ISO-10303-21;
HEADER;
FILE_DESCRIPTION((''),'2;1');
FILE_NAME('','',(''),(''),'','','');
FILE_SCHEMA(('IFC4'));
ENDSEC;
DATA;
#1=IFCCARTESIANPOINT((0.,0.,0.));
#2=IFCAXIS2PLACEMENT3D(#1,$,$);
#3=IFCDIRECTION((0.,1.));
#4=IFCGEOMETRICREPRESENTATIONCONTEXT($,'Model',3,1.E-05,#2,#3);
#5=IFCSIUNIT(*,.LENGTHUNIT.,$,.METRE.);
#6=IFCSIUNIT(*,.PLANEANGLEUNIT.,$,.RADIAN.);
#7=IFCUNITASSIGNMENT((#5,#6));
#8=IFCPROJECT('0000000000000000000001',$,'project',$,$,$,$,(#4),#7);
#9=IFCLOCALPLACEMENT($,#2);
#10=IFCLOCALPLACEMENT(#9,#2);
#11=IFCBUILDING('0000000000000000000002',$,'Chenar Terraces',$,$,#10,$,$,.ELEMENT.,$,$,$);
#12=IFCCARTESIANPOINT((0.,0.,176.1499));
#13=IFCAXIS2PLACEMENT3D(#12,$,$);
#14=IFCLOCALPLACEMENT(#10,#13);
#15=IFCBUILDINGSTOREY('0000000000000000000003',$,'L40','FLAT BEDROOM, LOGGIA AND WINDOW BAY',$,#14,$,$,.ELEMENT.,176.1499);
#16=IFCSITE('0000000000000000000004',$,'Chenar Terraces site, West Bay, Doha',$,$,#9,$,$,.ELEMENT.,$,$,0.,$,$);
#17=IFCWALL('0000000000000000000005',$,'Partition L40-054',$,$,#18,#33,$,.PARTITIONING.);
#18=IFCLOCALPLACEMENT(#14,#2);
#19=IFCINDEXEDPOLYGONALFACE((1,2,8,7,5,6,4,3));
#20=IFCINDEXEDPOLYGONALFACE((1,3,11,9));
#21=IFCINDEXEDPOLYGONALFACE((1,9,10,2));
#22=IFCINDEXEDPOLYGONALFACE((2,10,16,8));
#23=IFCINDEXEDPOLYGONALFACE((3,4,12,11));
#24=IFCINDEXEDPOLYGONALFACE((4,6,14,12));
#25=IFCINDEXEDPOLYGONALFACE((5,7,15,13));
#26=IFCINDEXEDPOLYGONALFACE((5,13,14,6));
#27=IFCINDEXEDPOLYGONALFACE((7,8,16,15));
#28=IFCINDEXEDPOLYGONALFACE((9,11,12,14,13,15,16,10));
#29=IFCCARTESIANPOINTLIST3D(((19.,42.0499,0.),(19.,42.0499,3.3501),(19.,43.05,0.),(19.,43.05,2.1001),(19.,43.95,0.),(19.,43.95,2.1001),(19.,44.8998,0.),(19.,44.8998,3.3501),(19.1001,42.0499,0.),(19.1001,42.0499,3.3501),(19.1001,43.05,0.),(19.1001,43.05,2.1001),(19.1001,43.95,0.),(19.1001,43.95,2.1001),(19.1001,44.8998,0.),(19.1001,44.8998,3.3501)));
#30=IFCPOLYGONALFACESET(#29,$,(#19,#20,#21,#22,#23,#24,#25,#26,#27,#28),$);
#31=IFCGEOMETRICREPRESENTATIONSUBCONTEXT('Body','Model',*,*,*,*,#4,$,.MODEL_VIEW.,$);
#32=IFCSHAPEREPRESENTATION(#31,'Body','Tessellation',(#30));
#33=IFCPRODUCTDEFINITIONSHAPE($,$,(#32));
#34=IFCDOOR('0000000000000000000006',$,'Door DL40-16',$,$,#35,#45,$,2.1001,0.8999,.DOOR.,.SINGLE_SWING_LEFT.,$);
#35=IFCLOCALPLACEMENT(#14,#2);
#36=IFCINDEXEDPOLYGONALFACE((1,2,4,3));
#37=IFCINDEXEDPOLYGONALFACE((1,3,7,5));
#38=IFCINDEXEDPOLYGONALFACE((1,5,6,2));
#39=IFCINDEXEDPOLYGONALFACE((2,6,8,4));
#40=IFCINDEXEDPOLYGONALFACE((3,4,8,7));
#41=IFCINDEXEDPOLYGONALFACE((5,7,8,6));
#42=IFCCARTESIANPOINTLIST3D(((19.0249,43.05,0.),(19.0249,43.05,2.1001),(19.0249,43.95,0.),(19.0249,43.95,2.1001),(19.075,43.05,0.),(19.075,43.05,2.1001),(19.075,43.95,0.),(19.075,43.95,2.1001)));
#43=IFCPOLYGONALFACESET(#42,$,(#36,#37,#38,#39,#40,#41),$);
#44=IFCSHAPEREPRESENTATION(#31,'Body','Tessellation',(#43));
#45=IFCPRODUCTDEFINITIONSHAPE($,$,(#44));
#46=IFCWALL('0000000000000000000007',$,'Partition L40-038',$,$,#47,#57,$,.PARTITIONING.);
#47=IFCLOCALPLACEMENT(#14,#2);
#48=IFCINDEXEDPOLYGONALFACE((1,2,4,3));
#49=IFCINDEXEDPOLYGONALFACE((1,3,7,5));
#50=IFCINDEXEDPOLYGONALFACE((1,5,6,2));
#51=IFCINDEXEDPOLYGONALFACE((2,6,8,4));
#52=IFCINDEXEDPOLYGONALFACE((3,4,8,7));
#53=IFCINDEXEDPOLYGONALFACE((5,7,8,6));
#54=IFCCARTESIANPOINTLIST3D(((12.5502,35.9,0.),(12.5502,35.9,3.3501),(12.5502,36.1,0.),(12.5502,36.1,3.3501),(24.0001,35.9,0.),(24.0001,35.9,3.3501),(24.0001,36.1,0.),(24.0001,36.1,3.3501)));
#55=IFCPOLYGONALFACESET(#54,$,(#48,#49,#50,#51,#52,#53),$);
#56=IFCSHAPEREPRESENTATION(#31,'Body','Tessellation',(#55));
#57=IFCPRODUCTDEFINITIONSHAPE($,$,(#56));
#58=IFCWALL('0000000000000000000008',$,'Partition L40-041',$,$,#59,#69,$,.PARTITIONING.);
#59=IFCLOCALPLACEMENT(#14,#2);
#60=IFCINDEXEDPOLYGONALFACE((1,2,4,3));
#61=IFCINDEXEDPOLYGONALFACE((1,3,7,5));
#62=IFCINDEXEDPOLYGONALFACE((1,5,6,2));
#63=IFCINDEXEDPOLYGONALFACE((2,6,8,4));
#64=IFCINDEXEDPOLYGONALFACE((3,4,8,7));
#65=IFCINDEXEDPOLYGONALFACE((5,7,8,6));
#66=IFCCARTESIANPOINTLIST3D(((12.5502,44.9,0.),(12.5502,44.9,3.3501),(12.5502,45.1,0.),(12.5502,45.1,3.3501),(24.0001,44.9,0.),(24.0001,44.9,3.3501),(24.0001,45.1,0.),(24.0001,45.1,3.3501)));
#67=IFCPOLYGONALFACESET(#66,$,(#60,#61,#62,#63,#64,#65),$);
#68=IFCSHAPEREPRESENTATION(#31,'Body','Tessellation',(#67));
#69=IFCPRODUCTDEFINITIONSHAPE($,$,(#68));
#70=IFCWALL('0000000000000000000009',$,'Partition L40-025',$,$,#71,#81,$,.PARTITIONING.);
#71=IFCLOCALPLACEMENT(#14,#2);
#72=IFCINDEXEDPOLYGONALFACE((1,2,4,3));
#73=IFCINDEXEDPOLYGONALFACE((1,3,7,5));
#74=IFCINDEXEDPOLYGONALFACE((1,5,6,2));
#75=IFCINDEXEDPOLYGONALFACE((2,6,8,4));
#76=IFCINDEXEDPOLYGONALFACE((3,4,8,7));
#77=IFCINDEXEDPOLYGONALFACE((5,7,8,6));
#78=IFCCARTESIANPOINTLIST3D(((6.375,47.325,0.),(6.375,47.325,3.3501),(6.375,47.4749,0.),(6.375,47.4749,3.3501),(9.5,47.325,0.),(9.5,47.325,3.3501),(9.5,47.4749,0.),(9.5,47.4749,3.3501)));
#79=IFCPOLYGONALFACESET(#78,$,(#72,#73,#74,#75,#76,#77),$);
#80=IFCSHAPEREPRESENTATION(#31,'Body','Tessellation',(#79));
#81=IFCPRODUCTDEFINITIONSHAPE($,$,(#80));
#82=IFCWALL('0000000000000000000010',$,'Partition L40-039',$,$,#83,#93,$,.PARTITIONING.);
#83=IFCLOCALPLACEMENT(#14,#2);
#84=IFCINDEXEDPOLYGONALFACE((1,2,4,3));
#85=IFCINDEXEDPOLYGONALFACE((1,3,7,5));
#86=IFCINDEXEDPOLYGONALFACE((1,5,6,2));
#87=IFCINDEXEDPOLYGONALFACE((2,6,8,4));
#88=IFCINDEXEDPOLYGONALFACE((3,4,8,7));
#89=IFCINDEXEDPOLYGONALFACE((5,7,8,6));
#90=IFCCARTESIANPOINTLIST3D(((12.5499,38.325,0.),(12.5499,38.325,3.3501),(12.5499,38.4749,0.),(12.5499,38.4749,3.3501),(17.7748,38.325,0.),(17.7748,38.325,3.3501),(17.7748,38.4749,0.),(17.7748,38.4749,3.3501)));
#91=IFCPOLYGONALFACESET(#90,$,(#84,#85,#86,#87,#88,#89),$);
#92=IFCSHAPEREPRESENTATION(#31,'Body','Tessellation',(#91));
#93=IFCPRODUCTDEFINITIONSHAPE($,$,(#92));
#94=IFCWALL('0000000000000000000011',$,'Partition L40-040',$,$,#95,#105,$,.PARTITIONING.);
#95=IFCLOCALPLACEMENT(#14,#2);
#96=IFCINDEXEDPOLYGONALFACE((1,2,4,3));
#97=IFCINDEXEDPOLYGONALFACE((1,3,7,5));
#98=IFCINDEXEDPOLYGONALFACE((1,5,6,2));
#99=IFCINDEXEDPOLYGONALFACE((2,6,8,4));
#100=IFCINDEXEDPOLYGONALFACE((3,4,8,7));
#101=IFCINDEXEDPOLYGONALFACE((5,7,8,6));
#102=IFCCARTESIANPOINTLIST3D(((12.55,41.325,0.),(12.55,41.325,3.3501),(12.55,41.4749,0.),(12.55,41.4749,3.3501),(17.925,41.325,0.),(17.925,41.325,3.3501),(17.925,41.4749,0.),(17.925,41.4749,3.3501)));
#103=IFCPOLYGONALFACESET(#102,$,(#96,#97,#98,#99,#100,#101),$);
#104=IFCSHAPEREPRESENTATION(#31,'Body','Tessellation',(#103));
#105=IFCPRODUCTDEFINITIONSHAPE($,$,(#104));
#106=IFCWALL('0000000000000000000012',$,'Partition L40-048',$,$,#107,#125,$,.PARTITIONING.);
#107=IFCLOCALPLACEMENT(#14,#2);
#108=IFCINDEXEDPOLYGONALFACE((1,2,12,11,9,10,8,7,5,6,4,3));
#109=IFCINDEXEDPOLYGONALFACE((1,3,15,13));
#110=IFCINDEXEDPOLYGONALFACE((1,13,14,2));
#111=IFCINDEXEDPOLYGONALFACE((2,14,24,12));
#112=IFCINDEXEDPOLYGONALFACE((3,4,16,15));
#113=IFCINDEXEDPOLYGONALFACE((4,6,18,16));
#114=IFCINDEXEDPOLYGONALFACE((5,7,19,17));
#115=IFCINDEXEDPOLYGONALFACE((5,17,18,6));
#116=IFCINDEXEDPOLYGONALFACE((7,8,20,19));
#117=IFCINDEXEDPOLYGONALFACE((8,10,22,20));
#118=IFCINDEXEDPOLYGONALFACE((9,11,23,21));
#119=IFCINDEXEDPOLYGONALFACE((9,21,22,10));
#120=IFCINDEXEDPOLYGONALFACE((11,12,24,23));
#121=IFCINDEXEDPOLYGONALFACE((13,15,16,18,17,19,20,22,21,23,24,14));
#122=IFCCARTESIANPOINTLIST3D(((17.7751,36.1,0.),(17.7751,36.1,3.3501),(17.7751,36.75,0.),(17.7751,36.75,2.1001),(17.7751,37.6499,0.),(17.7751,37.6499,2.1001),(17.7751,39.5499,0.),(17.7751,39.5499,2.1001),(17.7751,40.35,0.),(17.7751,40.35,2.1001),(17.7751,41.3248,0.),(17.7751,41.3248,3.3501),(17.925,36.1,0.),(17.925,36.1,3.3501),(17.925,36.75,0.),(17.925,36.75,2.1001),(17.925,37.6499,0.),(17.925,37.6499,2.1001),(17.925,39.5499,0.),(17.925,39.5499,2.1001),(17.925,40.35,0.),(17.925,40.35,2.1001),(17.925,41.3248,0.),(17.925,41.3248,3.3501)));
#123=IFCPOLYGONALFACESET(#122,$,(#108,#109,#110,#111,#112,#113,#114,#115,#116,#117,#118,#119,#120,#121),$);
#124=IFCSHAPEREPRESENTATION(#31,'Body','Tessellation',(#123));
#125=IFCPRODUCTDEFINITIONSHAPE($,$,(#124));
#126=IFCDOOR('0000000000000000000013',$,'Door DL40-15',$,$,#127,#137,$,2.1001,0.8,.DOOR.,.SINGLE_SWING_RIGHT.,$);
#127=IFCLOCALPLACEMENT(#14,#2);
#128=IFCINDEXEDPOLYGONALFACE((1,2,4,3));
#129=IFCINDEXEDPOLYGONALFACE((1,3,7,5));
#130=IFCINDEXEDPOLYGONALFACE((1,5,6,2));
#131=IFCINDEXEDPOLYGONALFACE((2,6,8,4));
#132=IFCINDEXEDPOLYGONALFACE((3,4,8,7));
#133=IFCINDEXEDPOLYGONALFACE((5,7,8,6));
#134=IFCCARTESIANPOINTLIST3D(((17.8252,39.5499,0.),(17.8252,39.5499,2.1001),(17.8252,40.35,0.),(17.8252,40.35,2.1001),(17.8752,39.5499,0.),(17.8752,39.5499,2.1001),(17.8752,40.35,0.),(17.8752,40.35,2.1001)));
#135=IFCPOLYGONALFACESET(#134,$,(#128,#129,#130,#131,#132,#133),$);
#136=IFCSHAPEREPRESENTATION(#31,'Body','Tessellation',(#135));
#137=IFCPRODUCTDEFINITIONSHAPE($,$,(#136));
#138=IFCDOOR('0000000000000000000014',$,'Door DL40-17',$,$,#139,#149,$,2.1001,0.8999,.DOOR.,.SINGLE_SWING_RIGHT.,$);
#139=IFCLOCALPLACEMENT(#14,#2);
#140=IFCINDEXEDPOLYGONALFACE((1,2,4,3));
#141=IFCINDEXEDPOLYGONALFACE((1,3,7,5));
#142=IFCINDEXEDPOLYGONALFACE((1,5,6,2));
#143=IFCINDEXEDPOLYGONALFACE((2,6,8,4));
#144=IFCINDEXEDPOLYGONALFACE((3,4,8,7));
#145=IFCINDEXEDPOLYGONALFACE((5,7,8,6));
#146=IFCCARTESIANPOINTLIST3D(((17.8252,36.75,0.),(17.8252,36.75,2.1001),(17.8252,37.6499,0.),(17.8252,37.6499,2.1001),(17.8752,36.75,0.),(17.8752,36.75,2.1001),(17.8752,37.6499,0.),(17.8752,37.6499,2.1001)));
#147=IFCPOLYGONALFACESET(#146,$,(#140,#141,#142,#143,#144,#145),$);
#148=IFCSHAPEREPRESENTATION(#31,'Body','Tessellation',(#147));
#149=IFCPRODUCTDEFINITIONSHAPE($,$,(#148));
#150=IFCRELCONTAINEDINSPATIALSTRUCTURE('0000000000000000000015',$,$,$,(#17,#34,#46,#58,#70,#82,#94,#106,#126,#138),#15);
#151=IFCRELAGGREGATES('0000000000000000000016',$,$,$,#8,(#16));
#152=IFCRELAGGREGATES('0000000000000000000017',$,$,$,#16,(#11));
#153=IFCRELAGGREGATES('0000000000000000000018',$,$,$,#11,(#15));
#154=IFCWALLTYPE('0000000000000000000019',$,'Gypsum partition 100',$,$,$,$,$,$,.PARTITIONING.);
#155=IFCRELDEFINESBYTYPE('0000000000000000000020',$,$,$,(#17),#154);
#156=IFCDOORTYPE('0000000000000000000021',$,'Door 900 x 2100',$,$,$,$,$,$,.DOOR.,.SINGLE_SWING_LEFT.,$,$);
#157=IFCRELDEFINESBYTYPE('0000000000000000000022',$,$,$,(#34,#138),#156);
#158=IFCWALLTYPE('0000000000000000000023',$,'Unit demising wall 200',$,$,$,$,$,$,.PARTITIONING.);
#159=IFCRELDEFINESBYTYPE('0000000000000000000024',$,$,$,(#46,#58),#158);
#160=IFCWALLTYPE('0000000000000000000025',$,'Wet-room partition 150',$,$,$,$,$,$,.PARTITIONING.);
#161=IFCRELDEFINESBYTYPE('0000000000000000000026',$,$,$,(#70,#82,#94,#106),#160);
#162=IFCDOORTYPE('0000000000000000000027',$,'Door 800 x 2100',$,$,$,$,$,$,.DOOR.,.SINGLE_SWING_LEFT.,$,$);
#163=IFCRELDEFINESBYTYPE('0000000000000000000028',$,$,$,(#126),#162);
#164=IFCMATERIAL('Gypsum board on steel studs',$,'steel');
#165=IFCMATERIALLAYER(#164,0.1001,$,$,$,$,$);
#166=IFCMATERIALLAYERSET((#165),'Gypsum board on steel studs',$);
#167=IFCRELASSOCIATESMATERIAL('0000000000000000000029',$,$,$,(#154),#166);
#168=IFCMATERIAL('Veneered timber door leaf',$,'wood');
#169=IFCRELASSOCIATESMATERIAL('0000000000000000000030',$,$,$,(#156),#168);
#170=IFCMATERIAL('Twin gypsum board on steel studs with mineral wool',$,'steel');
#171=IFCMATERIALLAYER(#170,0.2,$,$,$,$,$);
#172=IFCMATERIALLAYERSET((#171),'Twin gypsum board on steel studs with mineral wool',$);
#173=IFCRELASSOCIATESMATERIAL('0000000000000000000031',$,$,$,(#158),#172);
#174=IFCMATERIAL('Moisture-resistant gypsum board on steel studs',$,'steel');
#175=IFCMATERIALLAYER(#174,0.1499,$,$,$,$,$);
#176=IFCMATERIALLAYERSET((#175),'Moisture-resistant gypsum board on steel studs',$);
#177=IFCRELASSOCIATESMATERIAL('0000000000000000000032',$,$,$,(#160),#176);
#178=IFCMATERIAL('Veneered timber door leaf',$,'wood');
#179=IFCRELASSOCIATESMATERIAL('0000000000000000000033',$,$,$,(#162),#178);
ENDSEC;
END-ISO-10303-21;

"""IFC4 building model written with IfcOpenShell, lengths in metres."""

from ifc_helpers import new_model, si_unit, direction, frame, frame_2d, origin, place, context, subcontext, project, spatial, rectangle, extrude, material, layer, layer_set, type_object, element, fill, save


model = new_model("IFC4")

# Units and contexts
model_context = context("Model", 3, precision=1e-05, world=origin(), true_north=direction((0.0, 1.0)))
body_context = subcontext(model_context, "Body", "Model", "MODEL_VIEW")
ifc_project = project(units=[si_unit("LENGTHUNIT", "METRE"), si_unit("PLANEANGLEUNIT", "RADIAN")], contexts=[model_context])

# Site, building, storey
site_placement = place(None, origin())
site = spatial("IfcSite", under=ifc_project, at=site_placement, Name="Chenar Terraces site, West Bay, Doha", CompositionType="ELEMENT", RefElevation=0.0)
building_placement = place(site_placement, origin())
building = spatial("IfcBuilding", under=site, at=building_placement, Name="Chenar Terraces", CompositionType="ELEMENT")
storey_placement = place(building_placement, frame((0.0, 0.0, 176.1499)))
storey = spatial("IfcBuildingStorey", under=building, at=storey_placement, Name="L40", Description="FLAT BEDROOM, LOGGIA AND WINDOW BAY", CompositionType="ELEMENT", Elevation=176.1499)

# Shared definitions
ifc_material_1 = material(Name="Gypsum board on steel studs", Category="steel")
ifc_layer_1 = layer(ifc_material_1, 0.1001)
ifc_layer_set_1 = layer_set([ifc_layer_1], Name="Gypsum board on steel studs")
wall_type_1 = type_object("IfcWallType", Name="Gypsum partition 100", PredefinedType="PARTITIONING", material=ifc_layer_set_1)

# Wall, opening, door
wall_1_placement = place(storey_placement, frame((19.05, 42.05, 0.0), z_axis=(0.0, 0.0, 1.0), x_axis=(0.0, 1.0, 0.0)))
wall_1 = element("IfcWall", 1, at=wall_1_placement, inside=storey, type_object=wall_type_1, Name="Partition L40-054", PredefinedType="PARTITIONING", context=body_context, shape_type="SweptSolid", body=[
    extrude(rectangle(XDim=2.8499, YDim=0.1001, at=frame_2d((1.4248, 0.0))), origin(), (0.0, 0.0, 1.0), 3.3501),
])
opening_1_placement = place(wall_1_placement, frame((1.0, 0.0, 0.0)))
opening_1 = element("IfcOpeningElement", 2, at=opening_1_placement, cuts=wall_1, PredefinedType="OPENING", context=body_context, shape_type="SweptSolid", body=[
    extrude(rectangle(XDim=0.8999, YDim=2.1001, at=frame_2d((0.45, 1.05))), frame((0.0, 0.0601, 0.0), z_axis=(0.0, -1.0, 0.0), x_axis=(1.0, 0.0, 0.0)), (0.0, 0.0, 1.0), 0.1201),
])
ifc_material_2 = material(Name="Veneered timber door leaf", Category="wood")
door_type_1 = type_object("IfcDoorType", Name="Door 900 x 2100", OperationType="SINGLE_SWING_LEFT", PredefinedType="DOOR", material=ifc_material_2)
door_1_placement = place(opening_1_placement, frame((0.8999, 0.0, 0.0), z_axis=(0.0, 0.0, 1.0), x_axis=(-1.0, 0.0, 0.0)))
door_1 = element("IfcDoor", 3, at=door_1_placement, inside=storey, type_object=door_type_1, Name="Door DL40-16", OperationType="SINGLE_SWING_LEFT", OverallHeight=2.1001, OverallWidth=0.8999, PredefinedType="DOOR", context=body_context, shape_type="SweptSolid", body=[
    extrude(rectangle(XDim=0.8999, YDim=2.1001, at=frame_2d((0.45, 1.05))), frame((0.0, 0.0249, 0.0), z_axis=(0.0, -1.0, 0.0), x_axis=(1.0, 0.0, 0.0)), (0.0, 0.0, 1.0), 0.05),
])
fill(opening_1, door_1)

# Walls
ifc_material_3 = material(Name="Twin gypsum board on steel studs with mineral wool", Category="steel")
ifc_layer_2 = layer(ifc_material_3, 0.2)
ifc_layer_set_2 = layer_set([ifc_layer_2], Name="Twin gypsum board on steel studs with mineral wool")
wall_type_2 = type_object("IfcWallType", Name="Unit demising wall 200", PredefinedType="PARTITIONING", material=ifc_layer_set_2)
for number, where, z_axis, x_axis, name in (
    (4, (12.55, 36.0, 0.0), (0.0, 0.0, 1.0), (1.0, 0.0, 0.0), "Partition L40-038"),
    (5, (12.55, 45.0, 0.0), (0.0, 0.0, 1.0), (1.0, 0.0, 0.0), "Partition L40-041"),
):
    element("IfcWall", number, at=place(storey_placement, frame(where, z_axis=z_axis, x_axis=x_axis)), inside=storey, type_object=wall_type_2, Name=name, PredefinedType="PARTITIONING", context=body_context, shape_type="SweptSolid", body=[
        extrude(rectangle(XDim=11.45, YDim=0.2, at=frame_2d((5.7251, 0.0))), origin(), (0.0, 0.0, 1.0), 3.3501),
    ])
ifc_material_4 = material(Name="Moisture-resistant gypsum board on steel studs", Category="steel")
ifc_layer_3 = layer(ifc_material_4, 0.1499)
ifc_layer_set_3 = layer_set([ifc_layer_3], Name="Moisture-resistant gypsum board on steel studs")
wall_type_3 = type_object("IfcWallType", Name="Wet-room partition 150", PredefinedType="PARTITIONING", material=ifc_layer_set_3)
wall_2_placement = place(storey_placement, frame((6.375, 47.3999, 0.0), z_axis=(0.0, 0.0, 1.0), x_axis=(1.0, 0.0, 0.0)))
element("IfcWall", 6, at=wall_2_placement, inside=storey, type_object=wall_type_3, Name="Partition L40-025", PredefinedType="PARTITIONING", context=body_context, shape_type="SweptSolid", body=[
    extrude(rectangle(XDim=3.125, YDim=0.1499, at=frame_2d((1.5625, 0.0))), origin(), (0.0, 0.0, 1.0), 3.3501),
])
wall_3_placement = place(storey_placement, frame((12.55, 38.3999, 0.0), z_axis=(0.0, 0.0, 1.0), x_axis=(1.0, 0.0, 0.0)))
element("IfcWall", 7, at=wall_3_placement, inside=storey, type_object=wall_type_3, Name="Partition L40-039", PredefinedType="PARTITIONING", context=body_context, shape_type="SweptSolid", body=[
    extrude(rectangle(XDim=5.2249, YDim=0.1499, at=frame_2d((2.6123, 0.0))), origin(), (0.0, 0.0, 1.0), 3.3501),
])
wall_4_placement = place(storey_placement, frame((12.55, 41.3999, 0.0), z_axis=(0.0, 0.0, 1.0), x_axis=(1.0, 0.0, 0.0)))
element("IfcWall", 8, at=wall_4_placement, inside=storey, type_object=wall_type_3, Name="Partition L40-040", PredefinedType="PARTITIONING", context=body_context, shape_type="SweptSolid", body=[
    extrude(rectangle(XDim=5.375, YDim=0.1499, at=frame_2d((2.6875, 0.0))), origin(), (0.0, 0.0, 1.0), 3.3501),
])

# Wall, openings, doors
wall_5_placement = place(storey_placement, frame((17.8501, 36.1001, 0.0), z_axis=(0.0, 0.0, 1.0), x_axis=(0.0, 1.0, 0.0)))
wall_5 = element("IfcWall", 9, at=wall_5_placement, inside=storey, type_object=wall_type_3, Name="Partition L40-048", PredefinedType="PARTITIONING", context=body_context, shape_type="SweptSolid", body=[
    extrude(rectangle(XDim=5.2249, YDim=0.1499, at=frame_2d((2.6123, 0.0))), origin(), (0.0, 0.0, 1.0), 3.3501),
])
opening_2_placement = place(wall_5_placement, frame((3.45, 0.0, 0.0)))
opening_2 = element("IfcOpeningElement", 10, at=opening_2_placement, cuts=wall_5, PredefinedType="OPENING", context=body_context, shape_type="SweptSolid", body=[
    extrude(rectangle(XDim=0.8, YDim=2.1001, at=frame_2d((0.3999, 1.05))), frame((0.0, 0.085, 0.0), z_axis=(0.0, -1.0, 0.0), x_axis=(1.0, 0.0, 0.0)), (0.0, 0.0, 1.0), 0.1699),
])
opening_3_placement = place(wall_5_placement, frame((0.6499, 0.0, 0.0)))
opening_3 = element("IfcOpeningElement", 11, at=opening_3_placement, cuts=wall_5, PredefinedType="OPENING", context=body_context, shape_type="SweptSolid", body=[
    extrude(rectangle(XDim=0.8999, YDim=2.1001, at=frame_2d((0.45, 1.05))), frame((0.0, 0.085, 0.0), z_axis=(0.0, -1.0, 0.0), x_axis=(1.0, 0.0, 0.0)), (0.0, 0.0, 1.0), 0.1699),
])
ifc_material_5 = material(Name="Veneered timber door leaf", Category="wood")
door_type_2 = type_object("IfcDoorType", Name="Door 800 x 2100", OperationType="SINGLE_SWING_LEFT", PredefinedType="DOOR", material=ifc_material_5)
door_2_placement = place(opening_2_placement, origin())
door_2 = element("IfcDoor", 12, at=door_2_placement, inside=storey, type_object=door_type_2, Name="Door DL40-15", OperationType="SINGLE_SWING_RIGHT", OverallHeight=2.1001, OverallWidth=0.8, PredefinedType="DOOR", context=body_context, shape_type="SweptSolid", body=[
    extrude(rectangle(XDim=0.8, YDim=2.1001, at=frame_2d((0.3999, 1.05))), frame((0.0, 0.0249, 0.0), z_axis=(0.0, -1.0, 0.0), x_axis=(1.0, 0.0, 0.0)), (0.0, 0.0, 1.0), 0.05),
])
fill(opening_2, door_2)
door_3_placement = place(opening_3_placement, origin())
door_3 = element("IfcDoor", 13, at=door_3_placement, inside=storey, type_object=door_type_1, Name="Door DL40-17", OperationType="SINGLE_SWING_RIGHT", OverallHeight=2.1001, OverallWidth=0.8999, PredefinedType="DOOR", context=body_context, shape_type="SweptSolid", body=[
    extrude(rectangle(XDim=0.8999, YDim=2.1001, at=frame_2d((0.45, 1.05))), frame((0.0, 0.0249, 0.0), z_axis=(0.0, -1.0, 0.0), x_axis=(1.0, 0.0, 0.0)), (0.0, 0.0, 1.0), 0.05),
])
fill(opening_3, door_3)

save(model, "model.ifc")
